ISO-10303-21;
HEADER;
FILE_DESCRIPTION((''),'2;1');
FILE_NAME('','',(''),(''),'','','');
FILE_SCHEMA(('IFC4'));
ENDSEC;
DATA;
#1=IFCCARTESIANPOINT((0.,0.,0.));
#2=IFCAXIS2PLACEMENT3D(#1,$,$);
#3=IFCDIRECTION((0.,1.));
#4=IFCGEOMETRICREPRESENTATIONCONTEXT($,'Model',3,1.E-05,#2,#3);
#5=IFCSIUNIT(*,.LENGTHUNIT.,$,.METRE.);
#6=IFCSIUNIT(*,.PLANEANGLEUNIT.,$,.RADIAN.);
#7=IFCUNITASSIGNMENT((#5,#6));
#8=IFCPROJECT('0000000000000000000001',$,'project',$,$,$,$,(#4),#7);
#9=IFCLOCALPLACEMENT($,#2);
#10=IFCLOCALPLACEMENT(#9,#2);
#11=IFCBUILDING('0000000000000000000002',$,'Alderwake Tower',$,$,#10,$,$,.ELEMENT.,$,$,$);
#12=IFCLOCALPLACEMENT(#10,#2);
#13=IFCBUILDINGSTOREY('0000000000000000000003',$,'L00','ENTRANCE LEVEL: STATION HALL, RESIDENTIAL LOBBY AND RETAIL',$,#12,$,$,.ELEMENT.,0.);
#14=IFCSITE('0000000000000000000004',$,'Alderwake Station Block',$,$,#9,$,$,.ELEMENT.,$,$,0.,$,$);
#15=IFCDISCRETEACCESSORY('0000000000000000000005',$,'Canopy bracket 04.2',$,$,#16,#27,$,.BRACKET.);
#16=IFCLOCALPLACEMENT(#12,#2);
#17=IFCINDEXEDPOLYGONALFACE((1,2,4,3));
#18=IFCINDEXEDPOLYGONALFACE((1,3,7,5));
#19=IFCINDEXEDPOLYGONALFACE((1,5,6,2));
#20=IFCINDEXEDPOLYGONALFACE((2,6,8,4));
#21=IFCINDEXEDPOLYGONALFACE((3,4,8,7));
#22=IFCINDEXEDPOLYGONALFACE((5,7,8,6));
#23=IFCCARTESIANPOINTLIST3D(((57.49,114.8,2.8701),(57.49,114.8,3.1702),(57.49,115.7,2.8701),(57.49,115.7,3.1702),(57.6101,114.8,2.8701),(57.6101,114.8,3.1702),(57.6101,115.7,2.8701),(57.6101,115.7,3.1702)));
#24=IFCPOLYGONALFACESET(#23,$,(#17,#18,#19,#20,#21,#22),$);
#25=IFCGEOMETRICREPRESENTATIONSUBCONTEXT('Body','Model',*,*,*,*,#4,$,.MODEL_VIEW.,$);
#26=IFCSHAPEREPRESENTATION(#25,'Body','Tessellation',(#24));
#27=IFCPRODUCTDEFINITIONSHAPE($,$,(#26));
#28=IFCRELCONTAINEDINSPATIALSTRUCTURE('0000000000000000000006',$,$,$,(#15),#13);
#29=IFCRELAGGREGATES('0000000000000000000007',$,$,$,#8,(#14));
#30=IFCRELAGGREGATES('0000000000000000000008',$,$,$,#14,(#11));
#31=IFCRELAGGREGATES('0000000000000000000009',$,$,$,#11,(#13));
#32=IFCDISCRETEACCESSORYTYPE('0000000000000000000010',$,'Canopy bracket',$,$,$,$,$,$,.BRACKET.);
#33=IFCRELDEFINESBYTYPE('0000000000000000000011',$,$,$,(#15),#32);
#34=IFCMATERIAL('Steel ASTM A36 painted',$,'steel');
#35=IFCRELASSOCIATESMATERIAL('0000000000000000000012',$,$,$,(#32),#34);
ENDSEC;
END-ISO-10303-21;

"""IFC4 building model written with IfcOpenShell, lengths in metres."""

from ifc_helpers import new_model, si_unit, direction, frame, origin, origin_2d, place, context, subcontext, project, spatial, rectangle, extrude, material, type_object, element, save


model = new_model("IFC4")

# Units and contexts
model_context = context("Model", 3, precision=1e-05, world=origin(), true_north=direction((0.0, 1.0)))
body_context = subcontext(model_context, "Body", "Model", "MODEL_VIEW")
ifc_project = project(units=[si_unit("LENGTHUNIT", "METRE"), si_unit("PLANEANGLEUNIT", "RADIAN")], contexts=[model_context])

# Site, building, storey
site_placement = place(None, origin())
site = spatial("IfcSite", under=ifc_project, at=site_placement, Name="Alderwake Station Block", CompositionType="ELEMENT", RefElevation=0.0)
building_placement = place(site_placement, origin())
building = spatial("IfcBuilding", under=site, at=building_placement, Name="Alderwake Tower", CompositionType="ELEMENT")
storey_placement = place(building_placement, origin())
storey = spatial("IfcBuildingStorey", under=building, at=storey_placement, Name="L00", Description="ENTRANCE LEVEL: STATION HALL, RESIDENTIAL LOBBY AND RETAIL", CompositionType="ELEMENT", Elevation=0.0)

# Discrete accessory
ifc_material_1 = material(Name="Steel ASTM A36 painted", Category="steel")
discrete_accessory_type = type_object("IfcDiscreteAccessoryType", Name="Canopy bracket", PredefinedType="BRACKET", material=ifc_material_1)
for number, where, z_axis, x_axis, name in (
    (1, (57.55, 115.25, 2.8701), (0.0, 0.0, 1.0), (0.0, -1.0, 0.0), "Canopy bracket 04.2"),
):
    element("IfcDiscreteAccessory", number, at=place(storey_placement, frame(where, z_axis=z_axis, x_axis=x_axis)), inside=storey, type_object=discrete_accessory_type, Name=name, PredefinedType="BRACKET", context=body_context, shape_type="SweptSolid", body=[
        extrude(rectangle(XDim=0.8999, YDim=0.1201, at=origin_2d()), origin(), (0.0, 0.0, 1.0), 0.3),
    ])

save(model, "model.ifc")
